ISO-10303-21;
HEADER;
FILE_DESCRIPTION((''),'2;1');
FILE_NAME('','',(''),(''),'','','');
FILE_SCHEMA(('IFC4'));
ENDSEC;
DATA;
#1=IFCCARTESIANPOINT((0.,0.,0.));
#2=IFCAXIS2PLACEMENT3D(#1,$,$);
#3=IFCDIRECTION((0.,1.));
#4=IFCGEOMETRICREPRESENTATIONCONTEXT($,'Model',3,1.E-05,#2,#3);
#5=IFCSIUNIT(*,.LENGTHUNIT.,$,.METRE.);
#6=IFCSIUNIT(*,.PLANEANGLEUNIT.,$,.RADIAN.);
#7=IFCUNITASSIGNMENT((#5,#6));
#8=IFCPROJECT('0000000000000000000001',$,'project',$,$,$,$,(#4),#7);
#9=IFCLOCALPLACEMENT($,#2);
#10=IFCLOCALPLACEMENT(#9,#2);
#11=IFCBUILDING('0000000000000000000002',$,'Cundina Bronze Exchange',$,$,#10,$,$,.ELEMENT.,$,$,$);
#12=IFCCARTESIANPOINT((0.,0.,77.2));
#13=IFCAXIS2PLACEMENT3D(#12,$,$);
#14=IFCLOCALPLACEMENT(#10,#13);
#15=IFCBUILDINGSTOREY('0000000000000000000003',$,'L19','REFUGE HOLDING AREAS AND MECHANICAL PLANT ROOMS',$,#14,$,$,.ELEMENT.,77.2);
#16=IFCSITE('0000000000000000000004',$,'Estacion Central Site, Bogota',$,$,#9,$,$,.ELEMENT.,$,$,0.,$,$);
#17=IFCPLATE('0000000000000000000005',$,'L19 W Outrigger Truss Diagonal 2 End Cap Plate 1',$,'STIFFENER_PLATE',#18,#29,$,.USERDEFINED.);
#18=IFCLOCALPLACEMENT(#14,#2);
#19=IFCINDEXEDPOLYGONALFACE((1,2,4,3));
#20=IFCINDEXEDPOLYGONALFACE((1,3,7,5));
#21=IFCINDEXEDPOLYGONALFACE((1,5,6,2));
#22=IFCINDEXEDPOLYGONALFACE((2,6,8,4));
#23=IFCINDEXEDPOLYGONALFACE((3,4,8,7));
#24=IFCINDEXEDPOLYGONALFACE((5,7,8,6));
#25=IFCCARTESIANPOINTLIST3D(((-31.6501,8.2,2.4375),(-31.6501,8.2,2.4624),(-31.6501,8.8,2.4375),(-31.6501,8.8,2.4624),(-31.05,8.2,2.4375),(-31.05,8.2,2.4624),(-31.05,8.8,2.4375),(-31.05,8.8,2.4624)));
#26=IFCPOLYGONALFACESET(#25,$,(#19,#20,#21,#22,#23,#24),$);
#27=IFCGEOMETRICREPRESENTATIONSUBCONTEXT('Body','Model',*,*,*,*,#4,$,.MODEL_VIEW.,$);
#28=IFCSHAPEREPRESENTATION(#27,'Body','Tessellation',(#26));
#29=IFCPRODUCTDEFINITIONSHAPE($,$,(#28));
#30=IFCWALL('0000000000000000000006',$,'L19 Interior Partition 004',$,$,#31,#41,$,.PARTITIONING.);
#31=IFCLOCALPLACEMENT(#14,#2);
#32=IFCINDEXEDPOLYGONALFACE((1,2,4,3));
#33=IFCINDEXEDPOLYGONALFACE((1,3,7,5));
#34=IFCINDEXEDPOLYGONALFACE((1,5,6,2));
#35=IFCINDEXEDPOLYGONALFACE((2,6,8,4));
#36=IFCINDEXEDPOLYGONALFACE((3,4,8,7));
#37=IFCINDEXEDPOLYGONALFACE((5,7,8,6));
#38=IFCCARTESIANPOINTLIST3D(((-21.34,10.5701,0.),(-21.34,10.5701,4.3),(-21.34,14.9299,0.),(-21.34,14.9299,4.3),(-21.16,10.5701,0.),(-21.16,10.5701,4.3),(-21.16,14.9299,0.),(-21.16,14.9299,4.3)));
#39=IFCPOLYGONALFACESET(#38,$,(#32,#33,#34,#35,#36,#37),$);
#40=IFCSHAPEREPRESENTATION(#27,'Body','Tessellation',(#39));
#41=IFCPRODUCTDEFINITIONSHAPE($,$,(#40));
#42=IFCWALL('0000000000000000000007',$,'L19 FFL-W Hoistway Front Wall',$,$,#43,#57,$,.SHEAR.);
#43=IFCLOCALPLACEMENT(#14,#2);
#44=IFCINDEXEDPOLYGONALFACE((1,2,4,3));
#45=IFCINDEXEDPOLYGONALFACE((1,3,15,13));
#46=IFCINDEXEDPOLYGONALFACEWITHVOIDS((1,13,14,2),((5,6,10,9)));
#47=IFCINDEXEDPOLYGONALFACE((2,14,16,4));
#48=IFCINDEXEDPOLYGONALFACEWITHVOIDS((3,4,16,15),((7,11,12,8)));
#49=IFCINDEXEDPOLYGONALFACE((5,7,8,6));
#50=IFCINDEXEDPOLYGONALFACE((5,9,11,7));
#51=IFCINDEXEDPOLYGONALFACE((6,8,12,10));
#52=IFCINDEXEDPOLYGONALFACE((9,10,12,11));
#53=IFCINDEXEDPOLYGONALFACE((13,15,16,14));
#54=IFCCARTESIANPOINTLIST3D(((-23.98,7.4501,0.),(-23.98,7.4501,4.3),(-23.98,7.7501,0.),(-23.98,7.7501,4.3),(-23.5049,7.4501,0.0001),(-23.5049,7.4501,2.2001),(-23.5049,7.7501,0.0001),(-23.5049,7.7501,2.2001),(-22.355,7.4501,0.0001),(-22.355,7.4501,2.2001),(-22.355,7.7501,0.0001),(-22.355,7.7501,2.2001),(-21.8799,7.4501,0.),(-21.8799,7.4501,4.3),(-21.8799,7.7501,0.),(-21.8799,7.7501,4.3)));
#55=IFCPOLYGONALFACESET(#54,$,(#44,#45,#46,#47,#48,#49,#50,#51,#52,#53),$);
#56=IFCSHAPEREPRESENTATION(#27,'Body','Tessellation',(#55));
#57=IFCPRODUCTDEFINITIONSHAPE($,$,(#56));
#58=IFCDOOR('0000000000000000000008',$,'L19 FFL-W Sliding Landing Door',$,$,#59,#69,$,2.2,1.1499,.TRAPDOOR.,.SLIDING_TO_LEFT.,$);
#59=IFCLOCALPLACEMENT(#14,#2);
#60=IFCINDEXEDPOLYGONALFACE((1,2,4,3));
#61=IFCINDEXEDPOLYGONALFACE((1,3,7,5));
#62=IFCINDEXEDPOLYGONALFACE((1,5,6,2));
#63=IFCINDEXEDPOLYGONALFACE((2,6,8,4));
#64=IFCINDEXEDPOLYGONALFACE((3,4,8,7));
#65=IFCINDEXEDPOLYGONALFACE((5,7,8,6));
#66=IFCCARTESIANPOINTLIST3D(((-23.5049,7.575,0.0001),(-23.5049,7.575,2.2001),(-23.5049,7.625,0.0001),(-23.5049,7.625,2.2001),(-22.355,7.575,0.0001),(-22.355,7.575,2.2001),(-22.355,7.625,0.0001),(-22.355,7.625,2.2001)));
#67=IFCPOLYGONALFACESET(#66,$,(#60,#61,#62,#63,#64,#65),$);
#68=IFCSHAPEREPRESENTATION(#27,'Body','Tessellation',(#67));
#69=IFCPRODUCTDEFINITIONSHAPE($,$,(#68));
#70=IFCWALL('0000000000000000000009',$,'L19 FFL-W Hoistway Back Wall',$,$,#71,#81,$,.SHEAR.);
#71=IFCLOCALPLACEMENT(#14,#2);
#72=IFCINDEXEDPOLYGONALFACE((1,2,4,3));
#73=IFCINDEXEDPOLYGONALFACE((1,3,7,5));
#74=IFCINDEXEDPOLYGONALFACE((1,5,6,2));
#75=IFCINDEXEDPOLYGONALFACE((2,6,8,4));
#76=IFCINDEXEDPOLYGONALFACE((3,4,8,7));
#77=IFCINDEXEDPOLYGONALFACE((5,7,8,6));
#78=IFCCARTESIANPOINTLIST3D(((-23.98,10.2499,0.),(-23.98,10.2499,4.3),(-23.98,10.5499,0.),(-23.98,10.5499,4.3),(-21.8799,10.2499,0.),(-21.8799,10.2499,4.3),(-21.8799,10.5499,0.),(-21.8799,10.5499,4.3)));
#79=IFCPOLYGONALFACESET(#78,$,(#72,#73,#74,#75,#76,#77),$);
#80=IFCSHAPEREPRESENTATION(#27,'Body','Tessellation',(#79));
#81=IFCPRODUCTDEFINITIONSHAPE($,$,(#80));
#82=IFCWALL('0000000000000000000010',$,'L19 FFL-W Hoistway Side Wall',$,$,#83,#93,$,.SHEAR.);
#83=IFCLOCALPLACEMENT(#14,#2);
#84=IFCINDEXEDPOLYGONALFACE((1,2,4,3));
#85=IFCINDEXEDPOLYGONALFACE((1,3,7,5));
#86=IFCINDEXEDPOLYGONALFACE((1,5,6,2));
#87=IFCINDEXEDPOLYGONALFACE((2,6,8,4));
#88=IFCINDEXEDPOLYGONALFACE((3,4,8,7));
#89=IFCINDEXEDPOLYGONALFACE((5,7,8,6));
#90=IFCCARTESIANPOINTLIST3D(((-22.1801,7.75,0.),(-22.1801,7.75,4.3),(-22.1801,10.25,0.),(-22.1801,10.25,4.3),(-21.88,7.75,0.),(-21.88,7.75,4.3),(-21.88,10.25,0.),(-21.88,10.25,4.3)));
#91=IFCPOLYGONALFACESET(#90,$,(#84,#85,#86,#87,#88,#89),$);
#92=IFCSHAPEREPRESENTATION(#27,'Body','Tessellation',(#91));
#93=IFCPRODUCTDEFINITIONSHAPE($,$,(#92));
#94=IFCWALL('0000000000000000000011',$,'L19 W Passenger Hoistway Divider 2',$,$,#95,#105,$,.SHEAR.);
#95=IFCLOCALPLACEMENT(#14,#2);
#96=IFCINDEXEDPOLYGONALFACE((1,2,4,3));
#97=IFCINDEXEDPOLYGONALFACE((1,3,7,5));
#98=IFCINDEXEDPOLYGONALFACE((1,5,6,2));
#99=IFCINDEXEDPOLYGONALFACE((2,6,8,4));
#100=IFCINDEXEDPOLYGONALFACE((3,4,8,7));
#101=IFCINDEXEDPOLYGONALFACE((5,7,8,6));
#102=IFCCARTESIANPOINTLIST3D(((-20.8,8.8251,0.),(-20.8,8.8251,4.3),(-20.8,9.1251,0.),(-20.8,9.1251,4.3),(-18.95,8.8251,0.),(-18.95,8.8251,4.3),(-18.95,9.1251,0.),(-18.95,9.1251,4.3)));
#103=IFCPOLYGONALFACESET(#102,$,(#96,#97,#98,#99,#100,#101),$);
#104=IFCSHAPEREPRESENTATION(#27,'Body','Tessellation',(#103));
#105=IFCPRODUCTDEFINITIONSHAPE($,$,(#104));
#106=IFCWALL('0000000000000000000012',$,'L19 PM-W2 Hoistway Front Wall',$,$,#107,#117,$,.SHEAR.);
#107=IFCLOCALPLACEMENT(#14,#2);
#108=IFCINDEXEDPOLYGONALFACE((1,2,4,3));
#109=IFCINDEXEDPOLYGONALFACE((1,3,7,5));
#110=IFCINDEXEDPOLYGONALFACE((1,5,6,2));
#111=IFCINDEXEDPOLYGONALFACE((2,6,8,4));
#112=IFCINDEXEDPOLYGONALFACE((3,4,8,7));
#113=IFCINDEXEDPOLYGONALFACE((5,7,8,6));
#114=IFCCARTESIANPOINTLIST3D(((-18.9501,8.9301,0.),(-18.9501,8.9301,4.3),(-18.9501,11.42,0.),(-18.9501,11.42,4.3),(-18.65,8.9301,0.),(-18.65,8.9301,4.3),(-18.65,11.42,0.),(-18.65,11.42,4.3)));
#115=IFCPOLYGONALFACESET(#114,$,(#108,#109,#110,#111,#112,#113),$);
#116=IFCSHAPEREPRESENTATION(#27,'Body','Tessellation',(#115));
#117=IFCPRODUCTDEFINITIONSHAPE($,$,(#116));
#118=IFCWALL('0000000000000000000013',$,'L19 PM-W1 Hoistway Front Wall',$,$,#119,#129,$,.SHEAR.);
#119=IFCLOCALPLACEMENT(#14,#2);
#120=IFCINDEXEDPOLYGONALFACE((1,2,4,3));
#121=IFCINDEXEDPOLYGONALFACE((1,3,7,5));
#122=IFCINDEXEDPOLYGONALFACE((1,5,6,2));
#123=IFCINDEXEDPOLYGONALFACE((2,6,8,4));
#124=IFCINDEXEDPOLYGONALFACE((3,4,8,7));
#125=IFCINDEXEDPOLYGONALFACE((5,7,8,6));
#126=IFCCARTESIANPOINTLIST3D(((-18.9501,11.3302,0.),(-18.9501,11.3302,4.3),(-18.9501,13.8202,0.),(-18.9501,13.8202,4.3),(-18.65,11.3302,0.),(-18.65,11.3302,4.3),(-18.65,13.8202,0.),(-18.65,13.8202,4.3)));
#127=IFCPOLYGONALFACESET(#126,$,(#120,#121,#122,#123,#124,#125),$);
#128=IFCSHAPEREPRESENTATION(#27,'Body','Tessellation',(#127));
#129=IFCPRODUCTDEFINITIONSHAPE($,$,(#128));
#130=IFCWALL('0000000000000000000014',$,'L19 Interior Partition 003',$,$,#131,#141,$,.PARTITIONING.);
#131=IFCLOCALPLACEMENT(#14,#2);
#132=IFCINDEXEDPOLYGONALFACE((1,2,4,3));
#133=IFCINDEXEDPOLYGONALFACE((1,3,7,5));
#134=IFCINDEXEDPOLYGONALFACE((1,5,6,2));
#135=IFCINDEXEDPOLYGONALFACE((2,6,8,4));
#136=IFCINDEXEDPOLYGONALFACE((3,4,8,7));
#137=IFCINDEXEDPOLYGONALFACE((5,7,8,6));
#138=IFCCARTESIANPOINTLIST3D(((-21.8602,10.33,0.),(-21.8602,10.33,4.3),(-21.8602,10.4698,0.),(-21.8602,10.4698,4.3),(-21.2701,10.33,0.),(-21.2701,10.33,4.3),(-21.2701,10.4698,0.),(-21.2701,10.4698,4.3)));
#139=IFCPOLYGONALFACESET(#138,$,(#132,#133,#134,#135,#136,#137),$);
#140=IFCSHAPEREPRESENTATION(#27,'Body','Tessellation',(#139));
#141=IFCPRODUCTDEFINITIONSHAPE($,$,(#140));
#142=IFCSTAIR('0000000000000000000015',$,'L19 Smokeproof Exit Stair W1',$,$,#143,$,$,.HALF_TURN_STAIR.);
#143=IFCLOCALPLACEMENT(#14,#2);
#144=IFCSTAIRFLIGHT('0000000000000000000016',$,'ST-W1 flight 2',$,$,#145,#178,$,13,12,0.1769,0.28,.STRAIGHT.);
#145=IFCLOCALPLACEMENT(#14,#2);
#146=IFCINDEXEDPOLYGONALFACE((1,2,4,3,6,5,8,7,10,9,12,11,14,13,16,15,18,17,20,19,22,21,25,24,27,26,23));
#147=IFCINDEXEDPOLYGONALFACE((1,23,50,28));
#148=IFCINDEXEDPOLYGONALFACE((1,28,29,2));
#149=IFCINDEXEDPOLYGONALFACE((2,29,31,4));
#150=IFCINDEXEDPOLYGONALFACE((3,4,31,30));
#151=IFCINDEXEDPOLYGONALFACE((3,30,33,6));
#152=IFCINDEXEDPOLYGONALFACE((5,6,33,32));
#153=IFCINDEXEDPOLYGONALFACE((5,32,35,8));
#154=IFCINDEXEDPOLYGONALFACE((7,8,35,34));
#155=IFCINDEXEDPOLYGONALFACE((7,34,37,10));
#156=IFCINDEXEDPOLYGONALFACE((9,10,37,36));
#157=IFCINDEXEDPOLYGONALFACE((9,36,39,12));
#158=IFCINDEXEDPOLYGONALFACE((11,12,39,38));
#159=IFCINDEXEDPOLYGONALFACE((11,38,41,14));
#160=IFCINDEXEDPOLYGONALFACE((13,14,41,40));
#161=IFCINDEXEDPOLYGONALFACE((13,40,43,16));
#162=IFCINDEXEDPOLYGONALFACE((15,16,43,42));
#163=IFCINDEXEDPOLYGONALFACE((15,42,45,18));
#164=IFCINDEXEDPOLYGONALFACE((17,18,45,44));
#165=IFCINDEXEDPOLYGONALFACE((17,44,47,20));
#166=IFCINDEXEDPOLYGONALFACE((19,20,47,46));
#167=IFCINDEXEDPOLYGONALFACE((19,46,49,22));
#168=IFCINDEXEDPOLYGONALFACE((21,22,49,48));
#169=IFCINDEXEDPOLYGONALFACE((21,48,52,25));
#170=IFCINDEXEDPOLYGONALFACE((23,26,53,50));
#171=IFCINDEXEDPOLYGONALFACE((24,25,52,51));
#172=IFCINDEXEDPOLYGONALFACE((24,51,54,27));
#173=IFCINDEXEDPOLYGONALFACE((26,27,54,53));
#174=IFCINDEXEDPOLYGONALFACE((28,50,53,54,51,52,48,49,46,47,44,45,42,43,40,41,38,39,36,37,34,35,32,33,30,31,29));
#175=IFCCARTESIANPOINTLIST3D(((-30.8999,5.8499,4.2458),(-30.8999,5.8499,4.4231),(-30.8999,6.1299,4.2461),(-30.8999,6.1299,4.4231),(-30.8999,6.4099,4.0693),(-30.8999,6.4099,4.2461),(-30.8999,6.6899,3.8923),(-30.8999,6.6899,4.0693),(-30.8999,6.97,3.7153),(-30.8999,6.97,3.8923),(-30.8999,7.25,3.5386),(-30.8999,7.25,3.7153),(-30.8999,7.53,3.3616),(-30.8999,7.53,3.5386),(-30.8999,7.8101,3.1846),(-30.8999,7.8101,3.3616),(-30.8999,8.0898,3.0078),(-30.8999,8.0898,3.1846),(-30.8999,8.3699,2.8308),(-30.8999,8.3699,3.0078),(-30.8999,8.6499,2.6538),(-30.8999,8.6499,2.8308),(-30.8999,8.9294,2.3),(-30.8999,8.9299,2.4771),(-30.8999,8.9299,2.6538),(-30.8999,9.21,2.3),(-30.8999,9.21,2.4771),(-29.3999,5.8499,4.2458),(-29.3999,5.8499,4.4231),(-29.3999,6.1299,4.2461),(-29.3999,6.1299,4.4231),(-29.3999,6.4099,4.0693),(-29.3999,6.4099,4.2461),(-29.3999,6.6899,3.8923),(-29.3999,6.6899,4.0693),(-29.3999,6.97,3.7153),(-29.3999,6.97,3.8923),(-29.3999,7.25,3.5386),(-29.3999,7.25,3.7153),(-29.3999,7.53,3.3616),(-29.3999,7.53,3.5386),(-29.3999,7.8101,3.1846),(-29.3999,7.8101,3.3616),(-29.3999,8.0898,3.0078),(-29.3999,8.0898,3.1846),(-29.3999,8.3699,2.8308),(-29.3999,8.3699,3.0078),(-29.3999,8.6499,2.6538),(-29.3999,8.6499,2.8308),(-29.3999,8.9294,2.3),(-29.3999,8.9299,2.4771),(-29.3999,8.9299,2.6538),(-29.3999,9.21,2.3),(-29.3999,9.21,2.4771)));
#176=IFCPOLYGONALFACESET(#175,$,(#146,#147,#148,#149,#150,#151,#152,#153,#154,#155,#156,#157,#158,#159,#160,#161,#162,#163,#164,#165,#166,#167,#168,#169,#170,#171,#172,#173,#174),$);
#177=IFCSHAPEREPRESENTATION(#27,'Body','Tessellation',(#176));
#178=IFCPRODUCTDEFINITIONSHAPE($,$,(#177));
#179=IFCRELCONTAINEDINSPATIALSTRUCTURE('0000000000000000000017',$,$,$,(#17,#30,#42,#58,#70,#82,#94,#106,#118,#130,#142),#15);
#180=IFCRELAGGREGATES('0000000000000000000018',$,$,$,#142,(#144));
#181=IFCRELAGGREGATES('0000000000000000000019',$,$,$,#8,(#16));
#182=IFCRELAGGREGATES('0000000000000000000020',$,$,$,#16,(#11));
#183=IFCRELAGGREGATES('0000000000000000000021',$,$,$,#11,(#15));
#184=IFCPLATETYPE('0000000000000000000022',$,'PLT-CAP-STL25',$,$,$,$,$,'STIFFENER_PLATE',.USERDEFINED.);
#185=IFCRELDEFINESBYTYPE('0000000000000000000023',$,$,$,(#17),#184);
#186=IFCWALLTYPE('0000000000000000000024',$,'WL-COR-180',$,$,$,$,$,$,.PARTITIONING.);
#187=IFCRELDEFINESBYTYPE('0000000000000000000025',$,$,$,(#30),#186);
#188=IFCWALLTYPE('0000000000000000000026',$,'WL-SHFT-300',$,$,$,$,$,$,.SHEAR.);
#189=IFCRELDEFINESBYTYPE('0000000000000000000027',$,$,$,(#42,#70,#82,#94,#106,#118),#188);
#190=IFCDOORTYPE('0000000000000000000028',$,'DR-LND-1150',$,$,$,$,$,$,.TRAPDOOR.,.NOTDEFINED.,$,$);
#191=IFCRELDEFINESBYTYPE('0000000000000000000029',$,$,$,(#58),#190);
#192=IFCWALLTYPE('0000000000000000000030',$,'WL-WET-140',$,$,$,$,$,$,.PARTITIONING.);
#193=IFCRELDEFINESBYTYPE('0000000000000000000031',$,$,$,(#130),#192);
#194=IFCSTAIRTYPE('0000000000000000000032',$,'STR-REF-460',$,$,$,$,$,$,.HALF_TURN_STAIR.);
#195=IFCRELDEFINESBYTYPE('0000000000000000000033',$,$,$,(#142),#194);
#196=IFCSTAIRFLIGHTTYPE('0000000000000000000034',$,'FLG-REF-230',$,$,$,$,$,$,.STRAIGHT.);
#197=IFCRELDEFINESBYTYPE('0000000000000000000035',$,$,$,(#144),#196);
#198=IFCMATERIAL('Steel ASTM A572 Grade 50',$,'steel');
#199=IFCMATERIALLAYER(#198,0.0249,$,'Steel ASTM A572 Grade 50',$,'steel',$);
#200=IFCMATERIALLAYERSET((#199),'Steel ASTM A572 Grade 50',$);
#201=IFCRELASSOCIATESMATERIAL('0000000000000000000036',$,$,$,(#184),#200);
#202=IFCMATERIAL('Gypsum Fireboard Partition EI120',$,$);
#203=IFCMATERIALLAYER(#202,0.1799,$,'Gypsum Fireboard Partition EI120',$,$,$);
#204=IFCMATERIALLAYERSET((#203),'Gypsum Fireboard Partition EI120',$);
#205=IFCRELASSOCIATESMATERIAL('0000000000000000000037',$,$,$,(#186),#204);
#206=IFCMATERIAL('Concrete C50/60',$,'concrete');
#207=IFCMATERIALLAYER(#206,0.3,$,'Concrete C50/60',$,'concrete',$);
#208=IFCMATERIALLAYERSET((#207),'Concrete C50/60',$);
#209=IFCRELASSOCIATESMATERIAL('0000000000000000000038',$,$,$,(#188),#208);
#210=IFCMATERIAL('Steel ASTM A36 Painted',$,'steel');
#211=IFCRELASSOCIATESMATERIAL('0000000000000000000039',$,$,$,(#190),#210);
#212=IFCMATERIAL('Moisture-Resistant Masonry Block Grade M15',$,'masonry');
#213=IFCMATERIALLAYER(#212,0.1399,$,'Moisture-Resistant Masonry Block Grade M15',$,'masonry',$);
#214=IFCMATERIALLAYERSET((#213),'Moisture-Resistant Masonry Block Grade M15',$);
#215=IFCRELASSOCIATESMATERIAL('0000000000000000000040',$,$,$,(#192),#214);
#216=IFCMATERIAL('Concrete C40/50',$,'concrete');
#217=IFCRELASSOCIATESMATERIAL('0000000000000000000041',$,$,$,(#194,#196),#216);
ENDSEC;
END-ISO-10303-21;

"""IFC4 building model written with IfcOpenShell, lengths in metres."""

from ifc_helpers import new_model, si_unit, direction, frame, frame_2d, origin, origin_2d, place, context, subcontext, project, spatial, polyline, rectangle, outline, extrude, material, layer, layer_set, type_object, element, fill, aggregate, save


model = new_model("IFC4")

# Units and contexts
model_context = context("Model", 3, precision=1e-05, world=origin(), true_north=direction((0.0, 1.0)))
body_context = subcontext(model_context, "Body", "Model", "MODEL_VIEW")
ifc_project = project(units=[si_unit("LENGTHUNIT", "METRE"), si_unit("PLANEANGLEUNIT", "RADIAN")], contexts=[model_context])

# Site, building, storey
site_placement = place(None, origin())
site = spatial("IfcSite", under=ifc_project, at=site_placement, Name="Estacion Central Site, Bogota", CompositionType="ELEMENT", RefElevation=0.0)
building_placement = place(site_placement, origin())
building = spatial("IfcBuilding", under=site, at=building_placement, Name="Cundina Bronze Exchange", CompositionType="ELEMENT")
storey_placement = place(building_placement, frame((0.0, 0.0, 77.2)))
storey = spatial("IfcBuildingStorey", under=building, at=storey_placement, Name="L19", Description="REFUGE HOLDING AREAS AND MECHANICAL PLANT ROOMS", CompositionType="ELEMENT", Elevation=77.2)

# Plate
ifc_material_1 = material(Name="Steel ASTM A572 Grade 50", Category="steel")
ifc_layer_1 = layer(ifc_material_1, 0.0249, Name="Steel ASTM A572 Grade 50", Category="steel")
ifc_layer_set_1 = layer_set([ifc_layer_1], Name="Steel ASTM A572 Grade 50")
plate_type = type_object("IfcPlateType", Name="PLT-CAP-STL25", ElementType="STIFFENER_PLATE", PredefinedType="USERDEFINED", material=ifc_layer_set_1)
plate_placement = place(storey_placement, frame((-31.3501, 8.5, 2.4375), z_axis=(0.0, 0.0, 1.0), x_axis=(1.0, 0.0, 0.0)))
element("IfcPlate", 1, at=plate_placement, inside=storey, type_object=plate_type, Name="L19 W Outrigger Truss Diagonal 2 End Cap Plate 1", ObjectType="STIFFENER_PLATE", PredefinedType="USERDEFINED", context=body_context, shape_type="SweptSolid", body=[
    extrude(rectangle(XDim=0.6001, YDim=0.6001, at=origin_2d()), origin(), (0.0, 0.0, 1.0), 0.0249),
])

# Wall
ifc_material_2 = material(Name="Gypsum Fireboard Partition EI120")
ifc_layer_2 = layer(ifc_material_2, 0.1799, Name="Gypsum Fireboard Partition EI120")
ifc_layer_set_2 = layer_set([ifc_layer_2], Name="Gypsum Fireboard Partition EI120")
wall_type_1 = type_object("IfcWallType", Name="WL-COR-180", PredefinedType="PARTITIONING", material=ifc_layer_set_2)
wall_1_placement = place(storey_placement, frame((-21.25, 10.5701, 0.0), z_axis=(0.0, 0.0, 1.0), x_axis=(0.0, 1.0, 0.0)))
element("IfcWall", 2, at=wall_1_placement, inside=storey, type_object=wall_type_1, Name="L19 Interior Partition 004", PredefinedType="PARTITIONING", context=body_context, shape_type="SweptSolid", body=[
    extrude(rectangle(XDim=4.3599, YDim=0.1799, at=frame_2d((2.1799, 0.0))), origin(), (0.0, 0.0, 1.0), 4.3),
])

# Wall, opening, door
ifc_material_3 = material(Name="Concrete C50/60", Category="concrete")
ifc_layer_3 = layer(ifc_material_3, 0.3, Name="Concrete C50/60", Category="concrete")
ifc_layer_set_3 = layer_set([ifc_layer_3], Name="Concrete C50/60")
wall_type_2 = type_object("IfcWallType", Name="WL-SHFT-300", PredefinedType="SHEAR", material=ifc_layer_set_3)
wall_2_placement = place(storey_placement, frame((-23.98, 7.6001, 0.0), z_axis=(0.0, 0.0, 1.0), x_axis=(1.0, 0.0, 0.0)))
wall_2 = element("IfcWall", 3, at=wall_2_placement, inside=storey, type_object=wall_type_2, Name="L19 FFL-W Hoistway Front Wall", PredefinedType="SHEAR", context=body_context, shape_type="SweptSolid", body=[
    extrude(rectangle(XDim=2.1001, YDim=0.3, at=frame_2d((1.05, 0.0))), origin(), (0.0, 0.0, 1.0), 4.3),
])
opening_placement = place(wall_2_placement, frame((0.4751, 0.0, 0.0)))
opening = element("IfcOpeningElement", 4, at=opening_placement, cuts=wall_2, PredefinedType="OPENING", context=body_context, shape_type="SweptSolid", body=[
    extrude(rectangle(XDim=1.1499, YDim=2.2, at=frame_2d((0.575, 1.1001))), frame((0.0, 0.1599, 0.0), z_axis=(0.0, -1.0, 0.0), x_axis=(1.0, 0.0, 0.0)), (0.0, 0.0, 1.0), 0.3201),
])
ifc_material_4 = material(Name="Steel ASTM A36 Painted", Category="steel")
door_type = type_object("IfcDoorType", Name="DR-LND-1150", OperationType="NOTDEFINED", PredefinedType="TRAPDOOR", material=ifc_material_4)
door_placement = place(opening_placement, origin())
door = element("IfcDoor", 5, at=door_placement, inside=storey, type_object=door_type, Name="L19 FFL-W Sliding Landing Door", OperationType="SLIDING_TO_LEFT", OverallHeight=2.2, OverallWidth=1.1499, PredefinedType="TRAPDOOR", context=body_context, shape_type="SweptSolid", body=[
    extrude(rectangle(XDim=1.1499, YDim=2.2, at=frame_2d((0.575, 1.1001))), frame((0.0, 0.0249, 0.0), z_axis=(0.0, -1.0, 0.0), x_axis=(1.0, 0.0, 0.0)), (0.0, 0.0, 1.0), 0.05),
])
fill(opening, door)

# Walls
wall_3_placement = place(storey_placement, frame((-23.98, 10.3999, 0.0), z_axis=(0.0, 0.0, 1.0), x_axis=(1.0, 0.0, 0.0)))
element("IfcWall", 6, at=wall_3_placement, inside=storey, type_object=wall_type_2, Name="L19 FFL-W Hoistway Back Wall", PredefinedType="SHEAR", context=body_context, shape_type="SweptSolid", body=[
    extrude(rectangle(XDim=2.1001, YDim=0.3, at=frame_2d((1.05, 0.0))), origin(), (0.0, 0.0, 1.0), 4.3),
])
wall_4_placement = place(storey_placement, frame((-22.03, 7.75, 0.0), z_axis=(0.0, 0.0, 1.0), x_axis=(0.0, 1.0, 0.0)))
element("IfcWall", 7, at=wall_4_placement, inside=storey, type_object=wall_type_2, Name="L19 FFL-W Hoistway Side Wall", PredefinedType="SHEAR", context=body_context, shape_type="SweptSolid", body=[
    extrude(rectangle(XDim=2.5, YDim=0.3, at=frame_2d((1.25, 0.0))), origin(), (0.0, 0.0, 1.0), 4.3),
])
wall_5_placement = place(storey_placement, frame((-20.8, 8.9751, 0.0), z_axis=(0.0, 0.0, 1.0), x_axis=(1.0, 0.0, 0.0)))
element("IfcWall", 8, at=wall_5_placement, inside=storey, type_object=wall_type_2, Name="L19 W Passenger Hoistway Divider 2", PredefinedType="SHEAR", context=body_context, shape_type="SweptSolid", body=[
    extrude(rectangle(XDim=1.8501, YDim=0.3, at=frame_2d((0.925, 0.0))), origin(), (0.0, 0.0, 1.0), 4.3),
])
for number, where, z_axis, x_axis, name in (
    (9, (-18.8, 8.9299, 0.0), (0.0, 0.0, 1.0), (0.0, 1.0, 0.0), "L19 PM-W2 Hoistway Front Wall"),
    (10, (-18.8, 11.3301, 0.0), (0.0, 0.0, 1.0), (0.0, 1.0, 0.0), "L19 PM-W1 Hoistway Front Wall"),
):
    element("IfcWall", number, at=place(storey_placement, frame(where, z_axis=z_axis, x_axis=x_axis)), inside=storey, type_object=wall_type_2, Name=name, PredefinedType="SHEAR", context=body_context, shape_type="SweptSolid", body=[
        extrude(rectangle(XDim=2.49, YDim=0.3, at=frame_2d((1.2451, 0.0))), origin(), (0.0, 0.0, 1.0), 4.3),
    ])
ifc_material_5 = material(Name="Moisture-Resistant Masonry Block Grade M15", Category="masonry")
ifc_layer_4 = layer(ifc_material_5, 0.1399, Name="Moisture-Resistant Masonry Block Grade M15", Category="masonry")
ifc_layer_set_4 = layer_set([ifc_layer_4], Name="Moisture-Resistant Masonry Block Grade M15")
wall_type_3 = type_object("IfcWallType", Name="WL-WET-140", PredefinedType="PARTITIONING", material=ifc_layer_set_4)
wall_6_placement = place(storey_placement, frame((-21.8601, 10.3999, 0.0), z_axis=(0.0, 0.0, 1.0), x_axis=(1.0, 0.0, 0.0)))
element("IfcWall", 11, at=wall_6_placement, inside=storey, type_object=wall_type_3, Name="L19 Interior Partition 003", PredefinedType="PARTITIONING", context=body_context, shape_type="SweptSolid", body=[
    extrude(rectangle(XDim=0.5901, YDim=0.1399, at=frame_2d((0.2949, 0.0))), origin(), (0.0, 0.0, 1.0), 4.3),
])

# Stair, stair flight
ifc_material_6 = material(Name="Concrete C40/50", Category="concrete")
stair_type = type_object("IfcStairType", Name="STR-REF-460", PredefinedType="HALF_TURN_STAIR", material=ifc_material_6)
stair_1_placement = place(storey_placement, origin())
stair_1 = element("IfcStair", 12, at=stair_1_placement, inside=storey, type_object=stair_type, Name="L19 Smokeproof Exit Stair W1", PredefinedType="HALF_TURN_STAIR")
stair_flight_type = type_object("IfcStairFlightType", Name="FLG-REF-230", PredefinedType="STRAIGHT", material=ifc_material_6)
stair_flight_1_placement = place(storey_placement, frame((-30.1499, 9.21, 2.3), z_axis=(0.0, 0.0, 1.0), x_axis=(0.0, -1.0, 0.0)))
stair_flight_1 = element("IfcStairFlight", 13, at=stair_flight_1_placement, type_object=stair_flight_type, Name="ST-W1 flight 2", NumberOfRisers=13, NumberOfTreads=12, PredefinedType="STRAIGHT", RiserHeight=0.1769, TreadLength=0.28, context=body_context, shape_type="SweptSolid", body=[
    extrude(outline(polyline([(0.0, 0.0), (0.0, 0.177), (0.28, 0.177), (0.28, 0.3538), (0.5601, 0.3538), (0.5601, 0.5308), (0.8401, 0.5308), (0.8401, 0.7078), (1.1201, 0.7078), (1.1201, 0.8845), (1.3999, 0.8845), (1.3999, 1.0615), (1.6799, 1.0615), (1.6799, 1.2385), (1.96, 1.2385), (1.96, 1.4153), (2.24, 1.4153), (2.24, 1.5923), (2.52, 1.5923), (2.52, 1.7693), (2.8, 1.7693), (2.8, 1.946), (3.0801, 1.946), (3.0801, 2.123), (3.3601, 2.123), (3.3601, 2.3), (3.3601, 1.9458), (0.2805, 0.0), (0.0, 0.0)])), frame((0.0, 0.75, 0.0), z_axis=(0.0, -1.0, 0.0), x_axis=(1.0, 0.0, 0.0)), (0.0, 0.0, 1.0), 1.5),
])
aggregate(stair_1, [stair_flight_1])

save(model, "model.ifc")
